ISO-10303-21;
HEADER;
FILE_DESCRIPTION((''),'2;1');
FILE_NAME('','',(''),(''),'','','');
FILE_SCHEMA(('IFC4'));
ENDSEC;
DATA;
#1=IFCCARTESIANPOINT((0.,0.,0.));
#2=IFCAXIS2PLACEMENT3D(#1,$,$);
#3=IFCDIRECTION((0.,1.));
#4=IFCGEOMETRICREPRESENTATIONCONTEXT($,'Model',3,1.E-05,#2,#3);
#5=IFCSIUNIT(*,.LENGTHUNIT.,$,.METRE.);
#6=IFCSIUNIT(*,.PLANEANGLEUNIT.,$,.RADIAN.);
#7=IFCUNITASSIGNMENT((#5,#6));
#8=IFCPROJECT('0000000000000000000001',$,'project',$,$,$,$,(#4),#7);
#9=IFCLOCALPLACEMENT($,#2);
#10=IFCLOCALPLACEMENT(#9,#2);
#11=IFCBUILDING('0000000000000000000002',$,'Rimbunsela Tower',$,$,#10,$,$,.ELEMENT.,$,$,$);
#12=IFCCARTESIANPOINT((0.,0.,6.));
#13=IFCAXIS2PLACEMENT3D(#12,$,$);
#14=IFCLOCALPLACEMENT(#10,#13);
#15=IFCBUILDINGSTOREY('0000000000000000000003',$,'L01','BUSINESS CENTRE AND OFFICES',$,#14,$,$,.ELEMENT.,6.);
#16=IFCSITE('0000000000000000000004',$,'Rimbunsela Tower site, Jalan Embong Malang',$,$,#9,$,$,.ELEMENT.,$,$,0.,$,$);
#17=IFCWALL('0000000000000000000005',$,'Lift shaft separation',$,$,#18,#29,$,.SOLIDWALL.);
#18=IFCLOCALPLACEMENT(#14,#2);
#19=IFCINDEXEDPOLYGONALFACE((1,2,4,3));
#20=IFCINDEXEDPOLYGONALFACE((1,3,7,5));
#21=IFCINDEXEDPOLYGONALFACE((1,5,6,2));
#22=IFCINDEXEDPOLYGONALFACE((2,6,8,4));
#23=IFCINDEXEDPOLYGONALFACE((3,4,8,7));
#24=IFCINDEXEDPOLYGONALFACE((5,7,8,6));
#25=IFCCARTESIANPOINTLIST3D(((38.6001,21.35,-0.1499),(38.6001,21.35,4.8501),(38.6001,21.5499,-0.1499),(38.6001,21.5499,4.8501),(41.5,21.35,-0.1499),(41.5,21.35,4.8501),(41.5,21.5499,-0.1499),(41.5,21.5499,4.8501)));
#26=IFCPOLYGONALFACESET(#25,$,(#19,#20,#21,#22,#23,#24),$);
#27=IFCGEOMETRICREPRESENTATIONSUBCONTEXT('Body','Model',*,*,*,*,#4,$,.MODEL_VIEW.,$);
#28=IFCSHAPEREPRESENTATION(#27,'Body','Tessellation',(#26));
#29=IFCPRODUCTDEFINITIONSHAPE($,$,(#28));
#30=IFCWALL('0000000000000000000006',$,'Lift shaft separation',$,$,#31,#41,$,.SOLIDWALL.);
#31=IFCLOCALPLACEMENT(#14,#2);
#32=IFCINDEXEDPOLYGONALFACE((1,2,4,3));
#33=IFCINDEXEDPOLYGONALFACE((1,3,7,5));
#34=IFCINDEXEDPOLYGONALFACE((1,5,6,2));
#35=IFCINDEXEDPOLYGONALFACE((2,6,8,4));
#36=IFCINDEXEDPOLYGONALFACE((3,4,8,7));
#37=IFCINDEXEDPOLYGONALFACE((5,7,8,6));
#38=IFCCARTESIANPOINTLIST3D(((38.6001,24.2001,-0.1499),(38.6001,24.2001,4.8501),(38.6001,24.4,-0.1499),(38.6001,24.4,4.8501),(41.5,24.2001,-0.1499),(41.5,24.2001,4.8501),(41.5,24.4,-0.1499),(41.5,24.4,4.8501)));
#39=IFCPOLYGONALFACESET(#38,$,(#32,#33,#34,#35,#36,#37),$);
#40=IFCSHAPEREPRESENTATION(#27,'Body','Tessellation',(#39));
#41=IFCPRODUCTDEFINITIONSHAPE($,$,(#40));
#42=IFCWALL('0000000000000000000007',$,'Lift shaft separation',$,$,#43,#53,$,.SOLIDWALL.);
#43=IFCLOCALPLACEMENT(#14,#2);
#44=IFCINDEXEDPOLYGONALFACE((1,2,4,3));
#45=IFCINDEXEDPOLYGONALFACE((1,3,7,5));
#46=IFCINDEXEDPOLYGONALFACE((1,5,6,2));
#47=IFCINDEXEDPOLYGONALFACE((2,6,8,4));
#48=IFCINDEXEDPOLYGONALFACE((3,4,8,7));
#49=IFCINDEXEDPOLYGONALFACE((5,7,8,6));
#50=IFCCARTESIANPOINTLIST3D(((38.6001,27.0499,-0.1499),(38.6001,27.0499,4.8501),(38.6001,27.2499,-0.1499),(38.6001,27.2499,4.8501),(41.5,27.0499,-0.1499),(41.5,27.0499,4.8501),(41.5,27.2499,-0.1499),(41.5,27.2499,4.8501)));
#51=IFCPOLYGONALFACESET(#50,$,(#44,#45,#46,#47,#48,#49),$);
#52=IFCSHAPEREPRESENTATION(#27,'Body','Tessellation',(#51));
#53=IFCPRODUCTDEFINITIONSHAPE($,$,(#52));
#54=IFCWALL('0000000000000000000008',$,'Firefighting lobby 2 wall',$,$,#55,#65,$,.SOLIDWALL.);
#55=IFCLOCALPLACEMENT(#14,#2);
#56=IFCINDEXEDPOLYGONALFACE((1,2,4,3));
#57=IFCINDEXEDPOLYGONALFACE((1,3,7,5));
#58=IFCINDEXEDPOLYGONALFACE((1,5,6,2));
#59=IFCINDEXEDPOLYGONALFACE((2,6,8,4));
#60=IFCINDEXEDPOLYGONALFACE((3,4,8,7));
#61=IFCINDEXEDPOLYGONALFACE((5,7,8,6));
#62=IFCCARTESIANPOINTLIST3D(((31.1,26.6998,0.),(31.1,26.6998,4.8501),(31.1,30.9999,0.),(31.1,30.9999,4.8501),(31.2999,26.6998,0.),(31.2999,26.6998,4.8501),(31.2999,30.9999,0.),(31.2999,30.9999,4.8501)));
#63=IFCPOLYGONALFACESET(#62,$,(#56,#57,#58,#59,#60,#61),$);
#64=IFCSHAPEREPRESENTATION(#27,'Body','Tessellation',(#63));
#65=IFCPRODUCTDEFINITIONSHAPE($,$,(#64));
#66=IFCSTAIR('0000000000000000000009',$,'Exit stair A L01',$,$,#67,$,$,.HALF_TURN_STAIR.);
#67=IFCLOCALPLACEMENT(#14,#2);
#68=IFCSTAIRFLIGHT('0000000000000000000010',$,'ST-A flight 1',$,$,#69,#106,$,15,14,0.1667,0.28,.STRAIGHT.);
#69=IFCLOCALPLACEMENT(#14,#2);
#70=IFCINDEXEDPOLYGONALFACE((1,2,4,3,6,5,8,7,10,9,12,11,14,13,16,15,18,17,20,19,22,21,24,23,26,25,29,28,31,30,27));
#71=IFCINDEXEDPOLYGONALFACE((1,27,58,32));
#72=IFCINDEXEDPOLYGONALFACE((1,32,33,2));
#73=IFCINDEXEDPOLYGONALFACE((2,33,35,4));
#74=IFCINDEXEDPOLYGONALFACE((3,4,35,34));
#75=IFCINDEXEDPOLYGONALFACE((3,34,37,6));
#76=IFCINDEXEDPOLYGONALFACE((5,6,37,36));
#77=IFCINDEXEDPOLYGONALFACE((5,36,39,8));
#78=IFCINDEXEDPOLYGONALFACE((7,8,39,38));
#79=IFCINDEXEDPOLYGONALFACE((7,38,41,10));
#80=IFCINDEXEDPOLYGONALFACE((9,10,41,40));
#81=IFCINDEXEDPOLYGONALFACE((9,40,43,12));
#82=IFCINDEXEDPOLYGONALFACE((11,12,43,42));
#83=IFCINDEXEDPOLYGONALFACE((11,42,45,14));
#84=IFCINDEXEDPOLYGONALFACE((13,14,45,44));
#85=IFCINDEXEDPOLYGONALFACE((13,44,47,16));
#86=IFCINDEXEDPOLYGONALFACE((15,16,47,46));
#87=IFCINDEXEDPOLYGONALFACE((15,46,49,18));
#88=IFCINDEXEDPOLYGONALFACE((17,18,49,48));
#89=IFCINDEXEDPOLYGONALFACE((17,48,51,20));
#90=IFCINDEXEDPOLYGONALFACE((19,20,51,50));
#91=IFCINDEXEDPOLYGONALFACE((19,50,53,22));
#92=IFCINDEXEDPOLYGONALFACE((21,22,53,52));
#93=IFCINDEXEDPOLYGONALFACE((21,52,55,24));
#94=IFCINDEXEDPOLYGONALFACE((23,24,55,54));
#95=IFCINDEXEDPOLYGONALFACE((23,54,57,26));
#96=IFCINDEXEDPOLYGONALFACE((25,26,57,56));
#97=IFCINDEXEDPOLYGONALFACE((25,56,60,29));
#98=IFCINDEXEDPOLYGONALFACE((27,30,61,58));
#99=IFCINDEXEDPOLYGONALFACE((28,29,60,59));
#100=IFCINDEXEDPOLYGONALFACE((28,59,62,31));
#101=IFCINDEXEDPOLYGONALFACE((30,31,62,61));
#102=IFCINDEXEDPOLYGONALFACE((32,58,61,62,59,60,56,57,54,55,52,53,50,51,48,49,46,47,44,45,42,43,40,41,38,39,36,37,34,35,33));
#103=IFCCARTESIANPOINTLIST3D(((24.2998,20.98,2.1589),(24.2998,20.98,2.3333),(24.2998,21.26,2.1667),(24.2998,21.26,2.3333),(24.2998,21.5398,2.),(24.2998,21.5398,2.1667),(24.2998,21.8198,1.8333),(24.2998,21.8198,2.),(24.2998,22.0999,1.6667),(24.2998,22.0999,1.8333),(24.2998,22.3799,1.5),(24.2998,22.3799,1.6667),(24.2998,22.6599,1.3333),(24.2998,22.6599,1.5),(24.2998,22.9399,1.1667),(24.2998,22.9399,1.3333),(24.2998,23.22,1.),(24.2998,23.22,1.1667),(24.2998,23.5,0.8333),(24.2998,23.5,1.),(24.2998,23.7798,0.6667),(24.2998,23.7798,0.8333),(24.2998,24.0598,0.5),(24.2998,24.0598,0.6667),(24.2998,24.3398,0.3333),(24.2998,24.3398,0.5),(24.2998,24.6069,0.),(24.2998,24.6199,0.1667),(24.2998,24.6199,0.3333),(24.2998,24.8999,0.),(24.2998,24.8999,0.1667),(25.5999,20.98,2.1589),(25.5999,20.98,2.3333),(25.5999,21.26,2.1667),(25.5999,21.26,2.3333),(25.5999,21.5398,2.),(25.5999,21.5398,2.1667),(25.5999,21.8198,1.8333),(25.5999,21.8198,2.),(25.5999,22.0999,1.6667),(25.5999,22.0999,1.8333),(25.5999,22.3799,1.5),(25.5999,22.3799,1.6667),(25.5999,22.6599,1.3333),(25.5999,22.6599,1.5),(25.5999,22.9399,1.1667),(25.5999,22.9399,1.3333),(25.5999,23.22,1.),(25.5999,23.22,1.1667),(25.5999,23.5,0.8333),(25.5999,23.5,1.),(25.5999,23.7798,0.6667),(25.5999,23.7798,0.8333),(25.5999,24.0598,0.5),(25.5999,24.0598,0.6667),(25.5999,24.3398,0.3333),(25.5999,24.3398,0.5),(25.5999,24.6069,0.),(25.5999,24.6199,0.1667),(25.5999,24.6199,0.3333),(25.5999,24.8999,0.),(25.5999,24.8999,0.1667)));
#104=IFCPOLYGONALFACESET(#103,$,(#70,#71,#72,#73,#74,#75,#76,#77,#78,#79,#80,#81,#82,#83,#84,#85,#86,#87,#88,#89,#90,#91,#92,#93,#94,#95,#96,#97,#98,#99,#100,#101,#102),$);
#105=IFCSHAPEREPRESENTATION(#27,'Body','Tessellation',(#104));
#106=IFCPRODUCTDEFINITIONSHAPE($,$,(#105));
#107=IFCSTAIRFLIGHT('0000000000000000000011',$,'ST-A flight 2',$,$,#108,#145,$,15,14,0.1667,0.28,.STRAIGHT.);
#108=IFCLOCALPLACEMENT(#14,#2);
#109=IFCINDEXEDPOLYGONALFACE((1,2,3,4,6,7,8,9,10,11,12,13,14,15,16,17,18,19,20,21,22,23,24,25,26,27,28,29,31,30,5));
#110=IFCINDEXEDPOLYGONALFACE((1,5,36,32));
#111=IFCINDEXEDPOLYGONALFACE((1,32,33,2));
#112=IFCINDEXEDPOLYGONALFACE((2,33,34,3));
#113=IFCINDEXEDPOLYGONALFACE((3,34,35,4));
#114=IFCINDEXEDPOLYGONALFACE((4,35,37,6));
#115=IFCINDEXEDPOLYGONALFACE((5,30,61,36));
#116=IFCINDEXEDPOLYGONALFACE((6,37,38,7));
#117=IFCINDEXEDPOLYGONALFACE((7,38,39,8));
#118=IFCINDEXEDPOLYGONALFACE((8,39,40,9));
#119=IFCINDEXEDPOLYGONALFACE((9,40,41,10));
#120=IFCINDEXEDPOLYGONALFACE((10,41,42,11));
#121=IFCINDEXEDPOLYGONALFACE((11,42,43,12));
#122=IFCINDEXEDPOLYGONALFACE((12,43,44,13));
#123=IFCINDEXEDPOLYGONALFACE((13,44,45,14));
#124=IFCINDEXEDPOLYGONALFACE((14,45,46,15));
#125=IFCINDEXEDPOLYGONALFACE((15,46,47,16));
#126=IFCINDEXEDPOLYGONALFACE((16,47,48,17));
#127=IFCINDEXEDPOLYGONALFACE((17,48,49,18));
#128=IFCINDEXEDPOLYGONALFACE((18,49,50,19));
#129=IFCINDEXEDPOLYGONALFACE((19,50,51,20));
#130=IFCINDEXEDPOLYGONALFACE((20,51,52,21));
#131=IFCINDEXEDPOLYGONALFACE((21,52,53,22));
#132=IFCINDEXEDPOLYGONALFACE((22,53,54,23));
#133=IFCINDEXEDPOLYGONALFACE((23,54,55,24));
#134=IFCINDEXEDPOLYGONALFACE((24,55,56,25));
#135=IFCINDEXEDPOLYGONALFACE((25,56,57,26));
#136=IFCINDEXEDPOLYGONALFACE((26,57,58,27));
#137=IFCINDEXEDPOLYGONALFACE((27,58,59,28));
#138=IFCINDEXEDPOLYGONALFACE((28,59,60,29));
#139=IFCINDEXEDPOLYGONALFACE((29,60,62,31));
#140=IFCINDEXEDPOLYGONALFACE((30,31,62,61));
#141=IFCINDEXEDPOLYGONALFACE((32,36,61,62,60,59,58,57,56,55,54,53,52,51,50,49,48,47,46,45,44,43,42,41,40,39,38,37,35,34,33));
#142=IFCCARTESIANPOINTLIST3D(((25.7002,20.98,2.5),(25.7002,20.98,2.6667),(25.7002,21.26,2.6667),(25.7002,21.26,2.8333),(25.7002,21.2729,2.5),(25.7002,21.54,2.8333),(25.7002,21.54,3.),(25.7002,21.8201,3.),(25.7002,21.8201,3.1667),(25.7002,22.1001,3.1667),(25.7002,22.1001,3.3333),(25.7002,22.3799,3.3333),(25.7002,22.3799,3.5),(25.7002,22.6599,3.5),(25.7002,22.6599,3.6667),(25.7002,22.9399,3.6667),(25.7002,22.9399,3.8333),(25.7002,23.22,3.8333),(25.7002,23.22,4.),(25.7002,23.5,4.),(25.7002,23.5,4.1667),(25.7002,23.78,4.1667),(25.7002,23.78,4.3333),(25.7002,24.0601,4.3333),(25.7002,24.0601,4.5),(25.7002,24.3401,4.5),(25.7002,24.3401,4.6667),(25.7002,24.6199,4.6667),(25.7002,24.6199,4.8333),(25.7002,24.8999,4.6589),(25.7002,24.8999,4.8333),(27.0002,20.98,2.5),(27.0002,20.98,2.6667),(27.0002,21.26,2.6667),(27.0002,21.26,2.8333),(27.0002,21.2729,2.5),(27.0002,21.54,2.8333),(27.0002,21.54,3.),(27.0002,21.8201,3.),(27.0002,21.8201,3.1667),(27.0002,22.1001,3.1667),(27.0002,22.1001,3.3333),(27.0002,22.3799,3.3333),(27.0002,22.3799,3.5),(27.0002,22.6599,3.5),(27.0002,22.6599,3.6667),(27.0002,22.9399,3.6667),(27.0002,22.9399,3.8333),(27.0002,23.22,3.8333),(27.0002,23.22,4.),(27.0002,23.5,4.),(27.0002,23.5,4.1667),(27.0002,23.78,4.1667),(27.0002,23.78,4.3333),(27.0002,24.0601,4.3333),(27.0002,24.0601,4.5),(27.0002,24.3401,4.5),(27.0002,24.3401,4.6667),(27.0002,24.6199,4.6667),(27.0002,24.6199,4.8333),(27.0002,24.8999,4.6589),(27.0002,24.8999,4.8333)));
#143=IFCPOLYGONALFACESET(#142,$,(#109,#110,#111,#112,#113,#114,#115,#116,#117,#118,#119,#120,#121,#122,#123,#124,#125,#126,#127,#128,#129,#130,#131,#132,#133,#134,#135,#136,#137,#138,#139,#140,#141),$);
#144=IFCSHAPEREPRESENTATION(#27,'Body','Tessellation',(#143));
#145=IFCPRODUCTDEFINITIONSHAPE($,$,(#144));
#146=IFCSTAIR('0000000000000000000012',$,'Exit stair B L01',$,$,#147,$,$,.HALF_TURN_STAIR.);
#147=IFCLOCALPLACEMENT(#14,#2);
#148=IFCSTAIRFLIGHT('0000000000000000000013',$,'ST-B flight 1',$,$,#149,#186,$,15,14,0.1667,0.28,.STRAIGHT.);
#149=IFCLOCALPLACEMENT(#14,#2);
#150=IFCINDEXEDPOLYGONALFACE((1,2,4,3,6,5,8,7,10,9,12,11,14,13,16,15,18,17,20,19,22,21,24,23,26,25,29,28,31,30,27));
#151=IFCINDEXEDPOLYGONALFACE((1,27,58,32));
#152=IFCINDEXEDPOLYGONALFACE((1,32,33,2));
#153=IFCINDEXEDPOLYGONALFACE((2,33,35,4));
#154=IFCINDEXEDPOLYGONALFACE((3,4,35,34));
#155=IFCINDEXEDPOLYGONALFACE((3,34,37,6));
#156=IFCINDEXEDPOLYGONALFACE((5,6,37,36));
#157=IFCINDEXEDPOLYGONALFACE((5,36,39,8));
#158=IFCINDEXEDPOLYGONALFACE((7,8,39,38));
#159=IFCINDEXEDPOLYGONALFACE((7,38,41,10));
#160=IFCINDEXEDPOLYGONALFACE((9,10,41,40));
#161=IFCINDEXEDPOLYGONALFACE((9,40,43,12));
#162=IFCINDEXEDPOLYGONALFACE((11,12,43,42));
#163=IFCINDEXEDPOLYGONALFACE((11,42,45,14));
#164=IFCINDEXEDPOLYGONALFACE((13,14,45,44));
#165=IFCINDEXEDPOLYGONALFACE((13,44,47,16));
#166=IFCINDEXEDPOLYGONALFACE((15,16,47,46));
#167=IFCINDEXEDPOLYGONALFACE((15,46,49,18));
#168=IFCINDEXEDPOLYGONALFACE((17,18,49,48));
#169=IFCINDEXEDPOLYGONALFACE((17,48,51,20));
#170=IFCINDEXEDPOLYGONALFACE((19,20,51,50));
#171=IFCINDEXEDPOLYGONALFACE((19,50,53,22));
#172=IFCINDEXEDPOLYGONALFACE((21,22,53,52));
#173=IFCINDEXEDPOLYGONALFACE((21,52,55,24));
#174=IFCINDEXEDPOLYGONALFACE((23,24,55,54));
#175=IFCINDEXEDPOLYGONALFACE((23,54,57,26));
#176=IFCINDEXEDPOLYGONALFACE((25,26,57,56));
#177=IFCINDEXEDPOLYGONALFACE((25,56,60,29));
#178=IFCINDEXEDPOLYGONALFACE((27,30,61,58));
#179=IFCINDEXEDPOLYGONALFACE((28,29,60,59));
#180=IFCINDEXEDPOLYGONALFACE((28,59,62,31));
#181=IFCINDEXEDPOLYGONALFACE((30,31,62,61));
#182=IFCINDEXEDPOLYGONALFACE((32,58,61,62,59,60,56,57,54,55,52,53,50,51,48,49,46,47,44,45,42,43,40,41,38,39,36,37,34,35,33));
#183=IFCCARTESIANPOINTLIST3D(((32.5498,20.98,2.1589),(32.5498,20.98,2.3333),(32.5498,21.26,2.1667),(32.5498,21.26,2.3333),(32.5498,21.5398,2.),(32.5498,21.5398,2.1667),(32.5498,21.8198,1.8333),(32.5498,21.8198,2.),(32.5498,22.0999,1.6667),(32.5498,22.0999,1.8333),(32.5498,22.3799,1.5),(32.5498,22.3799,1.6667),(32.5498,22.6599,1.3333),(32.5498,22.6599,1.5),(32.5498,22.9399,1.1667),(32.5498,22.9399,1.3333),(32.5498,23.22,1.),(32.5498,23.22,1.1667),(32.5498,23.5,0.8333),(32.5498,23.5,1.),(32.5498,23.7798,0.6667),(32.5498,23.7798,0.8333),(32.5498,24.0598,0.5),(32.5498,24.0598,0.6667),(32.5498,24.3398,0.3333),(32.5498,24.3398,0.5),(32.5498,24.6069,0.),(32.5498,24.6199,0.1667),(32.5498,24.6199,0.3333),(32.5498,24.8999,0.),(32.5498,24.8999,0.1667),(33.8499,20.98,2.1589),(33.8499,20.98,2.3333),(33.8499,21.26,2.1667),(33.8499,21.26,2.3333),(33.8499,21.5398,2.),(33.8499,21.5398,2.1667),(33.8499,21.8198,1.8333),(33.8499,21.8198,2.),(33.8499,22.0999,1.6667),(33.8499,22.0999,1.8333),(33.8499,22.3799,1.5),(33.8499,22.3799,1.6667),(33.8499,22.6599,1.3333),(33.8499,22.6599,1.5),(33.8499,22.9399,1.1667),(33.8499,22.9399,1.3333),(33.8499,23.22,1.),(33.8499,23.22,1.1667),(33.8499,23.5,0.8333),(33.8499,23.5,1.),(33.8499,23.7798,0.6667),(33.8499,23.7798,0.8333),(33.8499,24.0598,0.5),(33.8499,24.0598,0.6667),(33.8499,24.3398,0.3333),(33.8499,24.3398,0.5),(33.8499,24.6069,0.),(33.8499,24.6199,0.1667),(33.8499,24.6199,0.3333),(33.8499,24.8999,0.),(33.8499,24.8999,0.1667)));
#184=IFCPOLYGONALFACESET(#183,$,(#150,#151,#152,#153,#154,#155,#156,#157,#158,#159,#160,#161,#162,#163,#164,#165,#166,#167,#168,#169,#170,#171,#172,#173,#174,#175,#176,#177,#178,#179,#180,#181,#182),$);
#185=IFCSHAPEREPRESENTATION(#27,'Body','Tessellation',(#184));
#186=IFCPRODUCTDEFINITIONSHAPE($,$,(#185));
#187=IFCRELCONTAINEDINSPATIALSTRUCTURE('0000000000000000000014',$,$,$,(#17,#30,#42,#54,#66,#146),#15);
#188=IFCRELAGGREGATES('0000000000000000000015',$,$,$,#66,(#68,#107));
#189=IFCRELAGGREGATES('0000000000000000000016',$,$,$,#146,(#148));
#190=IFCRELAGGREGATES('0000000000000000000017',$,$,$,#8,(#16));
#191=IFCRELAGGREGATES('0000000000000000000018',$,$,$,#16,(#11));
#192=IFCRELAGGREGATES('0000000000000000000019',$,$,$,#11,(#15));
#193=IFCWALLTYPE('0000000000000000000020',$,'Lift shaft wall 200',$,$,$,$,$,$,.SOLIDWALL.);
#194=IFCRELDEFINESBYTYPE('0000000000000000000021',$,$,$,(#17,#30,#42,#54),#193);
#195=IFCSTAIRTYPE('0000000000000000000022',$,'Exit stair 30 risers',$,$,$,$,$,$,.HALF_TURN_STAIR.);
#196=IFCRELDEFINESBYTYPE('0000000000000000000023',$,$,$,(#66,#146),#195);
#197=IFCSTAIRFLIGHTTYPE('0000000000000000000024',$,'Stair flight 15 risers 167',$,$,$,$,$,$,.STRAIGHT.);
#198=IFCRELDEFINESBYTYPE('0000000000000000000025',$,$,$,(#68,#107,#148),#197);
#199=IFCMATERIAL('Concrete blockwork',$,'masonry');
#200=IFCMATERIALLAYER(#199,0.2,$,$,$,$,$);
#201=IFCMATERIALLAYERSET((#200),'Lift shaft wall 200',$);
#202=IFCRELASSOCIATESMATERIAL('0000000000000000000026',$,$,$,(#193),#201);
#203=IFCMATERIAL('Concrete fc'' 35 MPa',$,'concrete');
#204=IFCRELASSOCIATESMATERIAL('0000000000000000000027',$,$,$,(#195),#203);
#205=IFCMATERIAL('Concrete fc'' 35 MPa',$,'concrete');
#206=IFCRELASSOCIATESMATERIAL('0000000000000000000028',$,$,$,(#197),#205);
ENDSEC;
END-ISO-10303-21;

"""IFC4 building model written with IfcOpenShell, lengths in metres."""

from ifc_helpers import new_model, si_unit, direction, frame, frame_2d, origin, place, context, subcontext, project, spatial, polyline, rectangle, outline, extrude, material, layer, layer_set, type_object, element, aggregate, save


model = new_model("IFC4")

# Units and contexts
model_context = context("Model", 3, precision=1e-05, world=origin(), true_north=direction((0.0, 1.0)))
body_context = subcontext(model_context, "Body", "Model", "MODEL_VIEW")
ifc_project = project(units=[si_unit("LENGTHUNIT", "METRE"), si_unit("PLANEANGLEUNIT", "RADIAN")], contexts=[model_context])

# Site, building, storey
site_placement = place(None, origin())
site = spatial("IfcSite", under=ifc_project, at=site_placement, Name="Rimbunsela Tower site, Jalan Embong Malang", CompositionType="ELEMENT", RefElevation=0.0)
building_placement = place(site_placement, origin())
building = spatial("IfcBuilding", under=site, at=building_placement, Name="Rimbunsela Tower", CompositionType="ELEMENT")
storey_placement = place(building_placement, frame((0.0, 0.0, 6.0)))
storey = spatial("IfcBuildingStorey", under=building, at=storey_placement, Name="L01", Description="BUSINESS CENTRE AND OFFICES", CompositionType="ELEMENT", Elevation=6.0)

# Walls
ifc_material_1 = material(Name="Concrete blockwork", Category="masonry")
ifc_layer_1 = layer(ifc_material_1, 0.2)
ifc_layer_set_1 = layer_set([ifc_layer_1], Name="Lift shaft wall 200")
wall_type_1 = type_object("IfcWallType", Name="Lift shaft wall 200", PredefinedType="SOLIDWALL", material=ifc_layer_set_1)
for number, where, z_axis, x_axis, name in (
    (1, (38.6001, 21.45, -0.1499), (0.0, 0.0, 1.0), (1.0, 0.0, 0.0), "Lift shaft separation"),
    (2, (38.6001, 24.3, -0.1499), (0.0, 0.0, 1.0), (1.0, 0.0, 0.0), "Lift shaft separation"),
    (3, (38.6001, 27.1499, -0.1499), (0.0, 0.0, 1.0), (1.0, 0.0, 0.0), "Lift shaft separation"),
):
    element("IfcWall", number, at=place(storey_placement, frame(where, z_axis=z_axis, x_axis=x_axis)), inside=storey, type_object=wall_type_1, Name=name, PredefinedType="SOLIDWALL", context=body_context, shape_type="SweptSolid", body=[
        extrude(rectangle(XDim=2.8999, YDim=0.2, at=frame_2d((1.45, 0.0))), origin(), (0.0, 0.0, 1.0), 5.0),
    ])
wall_1_placement = place(storey_placement, frame((31.2, 26.7, 0.0), z_axis=(0.0, 0.0, 1.0), x_axis=(0.0, 1.0, 0.0)))
element("IfcWall", 4, at=wall_1_placement, inside=storey, type_object=wall_type_1, Name="Firefighting lobby 2 wall", PredefinedType="SOLIDWALL", context=body_context, shape_type="SweptSolid", body=[
    extrude(rectangle(XDim=4.3, YDim=0.2, at=frame_2d((2.1499, 0.0))), origin(), (0.0, 0.0, 1.0), 4.8501),
])

# Stairs, stair flights
ifc_material_2 = material(Name="Concrete fc' 35 MPa", Category="concrete")
stair_type = type_object("IfcStairType", Name="Exit stair 30 risers", PredefinedType="HALF_TURN_STAIR", material=ifc_material_2)
stair_1_placement = place(storey_placement, origin())
stair_1 = element("IfcStair", 5, at=stair_1_placement, inside=storey, type_object=stair_type, Name="Exit stair A L01", PredefinedType="HALF_TURN_STAIR")
ifc_material_3 = material(Name="Concrete fc' 35 MPa", Category="concrete")
stair_flight_type = type_object("IfcStairFlightType", Name="Stair flight 15 risers 167", PredefinedType="STRAIGHT", material=ifc_material_3)
stair_flight_1_placement = place(storey_placement, frame((24.95, 24.8999, 0.0), z_axis=(0.0, 0.0, 1.0), x_axis=(0.0, -1.0, 0.0)))
stair_flight_1 = element("IfcStairFlight", 6, at=stair_flight_1_placement, type_object=stair_flight_type, Name="ST-A flight 1", NumberOfRisers=15, NumberOfTreads=14, PredefinedType="STRAIGHT", RiserHeight=0.1667, TreadLength=0.28, context=body_context, shape_type="SweptSolid", body=[
    extrude(outline(polyline([(0.0, 0.0), (0.0, 0.1667), (0.28, 0.1667), (0.28, 0.3333), (0.5601, 0.3333), (0.5601, 0.5), (0.8401, 0.5), (0.8401, 0.6667), (1.1201, 0.6667), (1.1201, 0.8333), (1.3999, 0.8333), (1.3999, 1.0), (1.6799, 1.0), (1.6799, 1.1667), (1.96, 1.1667), (1.96, 1.3333), (2.24, 1.3333), (2.24, 1.5), (2.52, 1.5), (2.52, 1.6667), (2.8, 1.6667), (2.8, 1.8333), (3.0801, 1.8333), (3.0801, 2.0), (3.3601, 2.0), (3.3601, 2.1667), (3.6399, 2.1667), (3.6399, 2.3333), (3.9199, 2.3333), (3.9199, 2.5), (3.9199, 2.1589), (0.293, 0.0), (0.0, 0.0)])), frame((0.0, 0.6499, 0.0), z_axis=(0.0, -1.0, 0.0), x_axis=(1.0, 0.0, 0.0)), (0.0, 0.0, 1.0), 1.3),
])
stair_flight_2_placement = place(storey_placement, frame((26.3501, 20.98, 2.5), z_axis=(0.0, 0.0, 1.0), x_axis=(0.0, 1.0, 0.0)))
stair_flight_2 = element("IfcStairFlight", 7, at=stair_flight_2_placement, type_object=stair_flight_type, Name="ST-A flight 2", NumberOfRisers=15, NumberOfTreads=14, PredefinedType="STRAIGHT", RiserHeight=0.1667, TreadLength=0.28, context=body_context, shape_type="SweptSolid", body=[
    extrude(outline(polyline([(0.0, 0.0), (0.0, 0.1667), (0.28, 0.1667), (0.28, 0.3333), (0.5601, 0.3333), (0.5601, 0.5), (0.8401, 0.5), (0.8401, 0.6667), (1.1201, 0.6667), (1.1201, 0.8333), (1.3999, 0.8333), (1.3999, 1.0), (1.6799, 1.0), (1.6799, 1.1667), (1.96, 1.1667), (1.96, 1.3333), (2.24, 1.3333), (2.24, 1.5), (2.52, 1.5), (2.52, 1.6667), (2.8, 1.6667), (2.8, 1.8333), (3.0801, 1.8333), (3.0801, 2.0), (3.3601, 2.0), (3.3601, 2.1667), (3.6399, 2.1667), (3.6399, 2.3333), (3.9199, 2.3333), (3.9199, 2.5), (3.9199, 2.1589), (0.293, 0.0), (0.0, 0.0)])), frame((0.0, 0.6499, 0.0), z_axis=(0.0, -1.0, 0.0), x_axis=(1.0, 0.0, 0.0)), (0.0, 0.0, 1.0), 1.3),
])
aggregate(stair_1, [stair_flight_1, stair_flight_2])
stair_2_placement = place(storey_placement, origin())
stair_2 = element("IfcStair", 8, at=stair_2_placement, inside=storey, type_object=stair_type, Name="Exit stair B L01", PredefinedType="HALF_TURN_STAIR")
stair_flight_3_placement = place(storey_placement, frame((33.2, 24.8999, 0.0), z_axis=(0.0, 0.0, 1.0), x_axis=(0.0, -1.0, 0.0)))
stair_flight_3 = element("IfcStairFlight", 9, at=stair_flight_3_placement, type_object=stair_flight_type, Name="ST-B flight 1", NumberOfRisers=15, NumberOfTreads=14, PredefinedType="STRAIGHT", RiserHeight=0.1667, TreadLength=0.28, context=body_context, shape_type="SweptSolid", body=[
    extrude(outline(polyline([(0.0, 0.0), (0.0, 0.1667), (0.28, 0.1667), (0.28, 0.3333), (0.5601, 0.3333), (0.5601, 0.5), (0.8401, 0.5), (0.8401, 0.6667), (1.1201, 0.6667), (1.1201, 0.8333), (1.3999, 0.8333), (1.3999, 1.0), (1.6799, 1.0), (1.6799, 1.1667), (1.96, 1.1667), (1.96, 1.3333), (2.24, 1.3333), (2.24, 1.5), (2.52, 1.5), (2.52, 1.6667), (2.8, 1.6667), (2.8, 1.8333), (3.0801, 1.8333), (3.0801, 2.0), (3.3601, 2.0), (3.3601, 2.1667), (3.6399, 2.1667), (3.6399, 2.3333), (3.9199, 2.3333), (3.9199, 2.5), (3.9199, 2.1589), (0.293, 0.0), (0.0, 0.0)])), frame((0.0, 0.6499, 0.0), z_axis=(0.0, -1.0, 0.0), x_axis=(1.0, 0.0, 0.0)), (0.0, 0.0, 1.0), 1.3),
])
aggregate(stair_2, [stair_flight_3])

save(model, "model.ifc")
